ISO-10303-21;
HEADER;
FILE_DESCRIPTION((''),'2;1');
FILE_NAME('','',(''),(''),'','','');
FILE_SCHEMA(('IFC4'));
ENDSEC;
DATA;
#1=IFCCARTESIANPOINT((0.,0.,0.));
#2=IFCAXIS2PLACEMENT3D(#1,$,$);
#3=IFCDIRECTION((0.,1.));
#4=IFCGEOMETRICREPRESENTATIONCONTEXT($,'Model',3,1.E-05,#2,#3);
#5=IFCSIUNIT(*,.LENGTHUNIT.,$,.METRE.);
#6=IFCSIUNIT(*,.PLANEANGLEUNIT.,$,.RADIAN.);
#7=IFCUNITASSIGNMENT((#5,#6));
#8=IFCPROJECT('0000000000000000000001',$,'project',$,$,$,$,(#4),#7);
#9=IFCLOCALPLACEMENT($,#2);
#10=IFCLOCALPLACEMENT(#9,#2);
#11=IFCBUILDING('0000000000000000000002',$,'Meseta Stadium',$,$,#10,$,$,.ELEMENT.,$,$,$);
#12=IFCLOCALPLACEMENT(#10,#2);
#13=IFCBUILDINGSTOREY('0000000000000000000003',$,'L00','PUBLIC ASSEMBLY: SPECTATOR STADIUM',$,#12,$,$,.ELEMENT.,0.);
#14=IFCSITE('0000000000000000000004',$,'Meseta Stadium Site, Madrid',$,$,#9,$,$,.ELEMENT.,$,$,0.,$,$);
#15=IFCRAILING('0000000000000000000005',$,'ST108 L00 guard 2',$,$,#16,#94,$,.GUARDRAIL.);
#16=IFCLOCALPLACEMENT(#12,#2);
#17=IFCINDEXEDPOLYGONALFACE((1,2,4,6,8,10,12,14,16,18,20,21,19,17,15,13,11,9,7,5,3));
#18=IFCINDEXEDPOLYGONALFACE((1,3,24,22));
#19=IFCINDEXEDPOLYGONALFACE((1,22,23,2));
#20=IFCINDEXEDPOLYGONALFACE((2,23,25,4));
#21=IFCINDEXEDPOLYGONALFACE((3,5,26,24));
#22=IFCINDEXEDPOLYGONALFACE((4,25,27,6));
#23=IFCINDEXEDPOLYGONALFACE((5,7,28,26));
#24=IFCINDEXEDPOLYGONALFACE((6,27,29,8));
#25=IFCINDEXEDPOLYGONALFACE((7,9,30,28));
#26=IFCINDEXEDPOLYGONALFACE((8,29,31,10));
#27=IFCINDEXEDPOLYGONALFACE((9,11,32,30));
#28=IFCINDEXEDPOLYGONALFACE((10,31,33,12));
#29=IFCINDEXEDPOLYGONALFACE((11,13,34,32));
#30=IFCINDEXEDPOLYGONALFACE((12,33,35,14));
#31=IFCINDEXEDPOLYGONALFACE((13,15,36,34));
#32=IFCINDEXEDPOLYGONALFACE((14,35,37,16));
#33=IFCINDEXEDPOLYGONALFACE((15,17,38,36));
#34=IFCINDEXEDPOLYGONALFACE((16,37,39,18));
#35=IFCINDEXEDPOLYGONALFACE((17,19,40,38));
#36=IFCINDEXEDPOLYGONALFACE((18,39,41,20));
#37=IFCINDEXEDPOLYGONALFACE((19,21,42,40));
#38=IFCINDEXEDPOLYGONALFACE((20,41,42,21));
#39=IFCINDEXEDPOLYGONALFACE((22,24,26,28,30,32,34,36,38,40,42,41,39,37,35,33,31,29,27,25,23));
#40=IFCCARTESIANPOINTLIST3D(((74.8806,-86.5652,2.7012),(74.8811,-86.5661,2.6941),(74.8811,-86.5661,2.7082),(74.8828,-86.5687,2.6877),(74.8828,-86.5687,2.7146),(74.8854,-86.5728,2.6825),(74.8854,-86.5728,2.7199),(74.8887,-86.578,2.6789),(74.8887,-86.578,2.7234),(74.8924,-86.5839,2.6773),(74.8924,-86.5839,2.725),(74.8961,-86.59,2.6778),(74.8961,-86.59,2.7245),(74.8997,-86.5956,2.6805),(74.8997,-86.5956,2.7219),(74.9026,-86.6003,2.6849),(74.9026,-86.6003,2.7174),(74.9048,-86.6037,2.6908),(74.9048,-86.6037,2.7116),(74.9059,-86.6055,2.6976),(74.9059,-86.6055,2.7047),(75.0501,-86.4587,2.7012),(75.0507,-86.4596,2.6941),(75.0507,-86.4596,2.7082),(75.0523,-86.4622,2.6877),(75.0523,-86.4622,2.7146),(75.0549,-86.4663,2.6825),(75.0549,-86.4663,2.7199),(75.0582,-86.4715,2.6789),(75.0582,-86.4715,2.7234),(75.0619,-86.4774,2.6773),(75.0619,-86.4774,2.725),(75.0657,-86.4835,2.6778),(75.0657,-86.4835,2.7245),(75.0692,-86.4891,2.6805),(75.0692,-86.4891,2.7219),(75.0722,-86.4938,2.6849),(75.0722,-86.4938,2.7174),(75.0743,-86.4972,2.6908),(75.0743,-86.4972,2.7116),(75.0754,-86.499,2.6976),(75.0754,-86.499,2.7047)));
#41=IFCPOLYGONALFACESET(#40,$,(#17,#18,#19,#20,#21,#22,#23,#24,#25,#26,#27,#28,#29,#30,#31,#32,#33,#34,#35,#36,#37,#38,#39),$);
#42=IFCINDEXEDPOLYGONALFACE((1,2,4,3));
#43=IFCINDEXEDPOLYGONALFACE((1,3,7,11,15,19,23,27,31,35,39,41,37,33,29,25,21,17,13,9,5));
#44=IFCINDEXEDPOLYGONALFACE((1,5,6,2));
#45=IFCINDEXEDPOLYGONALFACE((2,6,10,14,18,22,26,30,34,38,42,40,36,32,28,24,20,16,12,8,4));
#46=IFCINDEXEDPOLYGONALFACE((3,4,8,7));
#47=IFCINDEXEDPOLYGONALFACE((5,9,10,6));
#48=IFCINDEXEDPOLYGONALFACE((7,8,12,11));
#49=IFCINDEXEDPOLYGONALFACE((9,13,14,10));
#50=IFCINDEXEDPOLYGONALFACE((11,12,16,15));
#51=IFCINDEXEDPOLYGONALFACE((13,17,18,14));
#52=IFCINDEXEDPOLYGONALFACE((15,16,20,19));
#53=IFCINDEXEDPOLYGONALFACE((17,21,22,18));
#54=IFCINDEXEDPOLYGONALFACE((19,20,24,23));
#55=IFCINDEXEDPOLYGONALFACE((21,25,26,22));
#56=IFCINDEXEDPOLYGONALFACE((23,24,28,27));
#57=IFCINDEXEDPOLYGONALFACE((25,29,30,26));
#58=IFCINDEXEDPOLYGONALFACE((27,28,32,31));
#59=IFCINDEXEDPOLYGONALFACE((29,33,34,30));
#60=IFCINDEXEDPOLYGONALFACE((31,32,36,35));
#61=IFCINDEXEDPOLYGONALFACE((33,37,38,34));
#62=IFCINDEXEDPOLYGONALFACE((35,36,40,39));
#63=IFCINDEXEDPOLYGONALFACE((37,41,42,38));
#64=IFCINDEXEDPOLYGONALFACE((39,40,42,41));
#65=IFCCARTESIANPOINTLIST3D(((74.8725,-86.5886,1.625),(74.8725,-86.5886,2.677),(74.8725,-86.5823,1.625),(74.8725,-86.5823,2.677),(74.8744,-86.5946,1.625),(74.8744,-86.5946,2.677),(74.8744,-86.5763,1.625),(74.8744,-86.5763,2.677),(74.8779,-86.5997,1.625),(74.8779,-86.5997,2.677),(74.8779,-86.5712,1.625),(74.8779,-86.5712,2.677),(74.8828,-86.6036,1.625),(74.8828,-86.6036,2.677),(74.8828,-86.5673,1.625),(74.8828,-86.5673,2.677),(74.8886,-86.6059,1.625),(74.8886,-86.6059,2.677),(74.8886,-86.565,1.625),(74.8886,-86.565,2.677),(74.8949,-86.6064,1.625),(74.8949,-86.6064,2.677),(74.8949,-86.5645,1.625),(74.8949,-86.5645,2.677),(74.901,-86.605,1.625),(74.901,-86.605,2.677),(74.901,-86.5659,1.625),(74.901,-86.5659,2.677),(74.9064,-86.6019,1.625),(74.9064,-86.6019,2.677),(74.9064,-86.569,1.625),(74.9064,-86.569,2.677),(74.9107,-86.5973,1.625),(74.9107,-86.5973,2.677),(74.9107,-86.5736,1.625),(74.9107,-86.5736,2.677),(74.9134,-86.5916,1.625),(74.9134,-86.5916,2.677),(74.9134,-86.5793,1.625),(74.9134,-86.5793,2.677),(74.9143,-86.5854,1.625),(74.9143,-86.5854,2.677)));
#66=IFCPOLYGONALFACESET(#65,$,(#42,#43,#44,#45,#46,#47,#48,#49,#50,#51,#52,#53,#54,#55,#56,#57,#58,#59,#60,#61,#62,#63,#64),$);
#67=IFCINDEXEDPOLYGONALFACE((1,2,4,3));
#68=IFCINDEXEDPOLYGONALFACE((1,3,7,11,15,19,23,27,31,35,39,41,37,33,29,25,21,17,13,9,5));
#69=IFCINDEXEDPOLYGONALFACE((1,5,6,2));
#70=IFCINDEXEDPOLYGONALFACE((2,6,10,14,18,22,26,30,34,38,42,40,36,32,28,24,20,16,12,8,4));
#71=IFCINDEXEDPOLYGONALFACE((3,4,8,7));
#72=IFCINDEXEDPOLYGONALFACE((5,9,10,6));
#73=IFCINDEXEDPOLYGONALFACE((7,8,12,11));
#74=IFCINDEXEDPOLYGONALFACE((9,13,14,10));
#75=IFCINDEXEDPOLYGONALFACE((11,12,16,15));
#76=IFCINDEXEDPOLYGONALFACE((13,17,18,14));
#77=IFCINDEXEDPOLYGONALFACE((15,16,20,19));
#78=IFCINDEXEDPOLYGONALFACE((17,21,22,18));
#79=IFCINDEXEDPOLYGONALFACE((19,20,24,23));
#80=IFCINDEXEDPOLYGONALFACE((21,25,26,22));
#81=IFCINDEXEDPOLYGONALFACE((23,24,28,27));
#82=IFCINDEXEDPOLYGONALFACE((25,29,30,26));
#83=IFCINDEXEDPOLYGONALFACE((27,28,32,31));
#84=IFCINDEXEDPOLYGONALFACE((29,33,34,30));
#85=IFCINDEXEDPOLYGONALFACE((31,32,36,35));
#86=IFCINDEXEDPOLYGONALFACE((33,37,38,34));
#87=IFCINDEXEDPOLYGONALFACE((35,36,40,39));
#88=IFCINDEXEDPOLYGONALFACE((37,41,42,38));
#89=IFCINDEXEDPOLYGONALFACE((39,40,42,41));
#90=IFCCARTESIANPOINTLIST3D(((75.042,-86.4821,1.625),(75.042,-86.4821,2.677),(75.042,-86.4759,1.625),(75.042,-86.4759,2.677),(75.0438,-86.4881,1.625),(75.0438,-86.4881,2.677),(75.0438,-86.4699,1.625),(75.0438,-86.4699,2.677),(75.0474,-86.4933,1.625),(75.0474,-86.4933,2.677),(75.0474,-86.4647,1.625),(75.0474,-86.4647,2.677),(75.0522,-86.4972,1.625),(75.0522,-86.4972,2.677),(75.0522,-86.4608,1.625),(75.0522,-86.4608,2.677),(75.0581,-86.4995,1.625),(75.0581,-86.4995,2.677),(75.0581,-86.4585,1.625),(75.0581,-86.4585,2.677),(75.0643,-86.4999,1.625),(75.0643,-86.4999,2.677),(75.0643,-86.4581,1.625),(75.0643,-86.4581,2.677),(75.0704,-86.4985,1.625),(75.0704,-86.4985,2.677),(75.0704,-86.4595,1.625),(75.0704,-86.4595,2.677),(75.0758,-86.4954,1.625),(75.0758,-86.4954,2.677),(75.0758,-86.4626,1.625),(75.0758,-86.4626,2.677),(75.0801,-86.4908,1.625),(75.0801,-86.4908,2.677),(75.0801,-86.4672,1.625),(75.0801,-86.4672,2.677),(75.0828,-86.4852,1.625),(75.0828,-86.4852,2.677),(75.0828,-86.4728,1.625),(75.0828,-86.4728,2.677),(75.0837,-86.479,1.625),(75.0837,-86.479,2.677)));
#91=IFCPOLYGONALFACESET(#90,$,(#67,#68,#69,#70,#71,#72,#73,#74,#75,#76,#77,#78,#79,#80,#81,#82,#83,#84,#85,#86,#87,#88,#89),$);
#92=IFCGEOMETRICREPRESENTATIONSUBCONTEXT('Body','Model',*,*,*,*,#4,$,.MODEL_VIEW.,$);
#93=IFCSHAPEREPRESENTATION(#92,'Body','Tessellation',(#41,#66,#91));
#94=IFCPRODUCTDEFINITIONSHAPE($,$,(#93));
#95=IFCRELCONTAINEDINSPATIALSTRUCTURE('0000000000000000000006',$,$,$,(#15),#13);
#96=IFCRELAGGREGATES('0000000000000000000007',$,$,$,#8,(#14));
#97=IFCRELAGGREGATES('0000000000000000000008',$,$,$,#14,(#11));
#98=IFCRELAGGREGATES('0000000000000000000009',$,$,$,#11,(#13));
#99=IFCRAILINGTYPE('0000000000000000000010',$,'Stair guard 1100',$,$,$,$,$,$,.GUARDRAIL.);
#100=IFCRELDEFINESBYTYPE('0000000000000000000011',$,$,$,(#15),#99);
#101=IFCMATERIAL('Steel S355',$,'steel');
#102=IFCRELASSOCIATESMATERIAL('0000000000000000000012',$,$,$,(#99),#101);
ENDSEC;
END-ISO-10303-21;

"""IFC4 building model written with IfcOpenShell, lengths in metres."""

from ifc_helpers import new_model, si_unit, direction, frame, origin, origin_2d, place, context, subcontext, project, spatial, circle, extrude, material, type_object, element, save


model = new_model("IFC4")

# Units and contexts
model_context = context("Model", 3, precision=1e-05, world=origin(), true_north=direction((0.0, 1.0)))
body_context = subcontext(model_context, "Body", "Model", "MODEL_VIEW")
ifc_project = project(units=[si_unit("LENGTHUNIT", "METRE"), si_unit("PLANEANGLEUNIT", "RADIAN")], contexts=[model_context])

# Site, building, storey
site_placement = place(None, origin())
site = spatial("IfcSite", under=ifc_project, at=site_placement, Name="Meseta Stadium Site, Madrid", CompositionType="ELEMENT", RefElevation=0.0)
building_placement = place(site_placement, origin())
building = spatial("IfcBuilding", under=site, at=building_placement, Name="Meseta Stadium", CompositionType="ELEMENT")
storey_placement = place(building_placement, origin())
storey = spatial("IfcBuildingStorey", under=building, at=storey_placement, Name="L00", Description="PUBLIC ASSEMBLY: SPECTATOR STADIUM", CompositionType="ELEMENT", Elevation=0.0)

# Railing
ifc_material_1 = material(Name="Steel S355", Category="steel")
railing_type_1 = type_object("IfcRailingType", Name="Stair guard 1100", PredefinedType="GUARDRAIL", material=ifc_material_1)
railing_1_placement = place(storey_placement, frame((74.8933, -86.5854, 1.625)))
element("IfcRailing", 1, at=railing_1_placement, inside=storey, type_object=railing_type_1, Name="ST108 L00 guard 2", PredefinedType="GUARDRAIL", context=body_context, shape_type="SweptSolid", body=[
    extrude(circle(Radius=0.0239, at=origin_2d()), frame((0.0, 0.0, 1.0762), z_axis=(0.846762, 0.531972, 0.0), x_axis=(-0.531972, 0.846762, 0.0)), (0.0, 0.0, 1.0), 0.2002),
    extrude(circle(Radius=0.021, at=origin_2d()), origin(), (0.0, 0.0, 1.0), 1.052),
    extrude(circle(Radius=0.021, at=origin_2d()), frame((0.1694, 0.1064, 0.0)), (0.0, 0.0, 1.0), 1.052),
])

save(model, "model.ifc")
